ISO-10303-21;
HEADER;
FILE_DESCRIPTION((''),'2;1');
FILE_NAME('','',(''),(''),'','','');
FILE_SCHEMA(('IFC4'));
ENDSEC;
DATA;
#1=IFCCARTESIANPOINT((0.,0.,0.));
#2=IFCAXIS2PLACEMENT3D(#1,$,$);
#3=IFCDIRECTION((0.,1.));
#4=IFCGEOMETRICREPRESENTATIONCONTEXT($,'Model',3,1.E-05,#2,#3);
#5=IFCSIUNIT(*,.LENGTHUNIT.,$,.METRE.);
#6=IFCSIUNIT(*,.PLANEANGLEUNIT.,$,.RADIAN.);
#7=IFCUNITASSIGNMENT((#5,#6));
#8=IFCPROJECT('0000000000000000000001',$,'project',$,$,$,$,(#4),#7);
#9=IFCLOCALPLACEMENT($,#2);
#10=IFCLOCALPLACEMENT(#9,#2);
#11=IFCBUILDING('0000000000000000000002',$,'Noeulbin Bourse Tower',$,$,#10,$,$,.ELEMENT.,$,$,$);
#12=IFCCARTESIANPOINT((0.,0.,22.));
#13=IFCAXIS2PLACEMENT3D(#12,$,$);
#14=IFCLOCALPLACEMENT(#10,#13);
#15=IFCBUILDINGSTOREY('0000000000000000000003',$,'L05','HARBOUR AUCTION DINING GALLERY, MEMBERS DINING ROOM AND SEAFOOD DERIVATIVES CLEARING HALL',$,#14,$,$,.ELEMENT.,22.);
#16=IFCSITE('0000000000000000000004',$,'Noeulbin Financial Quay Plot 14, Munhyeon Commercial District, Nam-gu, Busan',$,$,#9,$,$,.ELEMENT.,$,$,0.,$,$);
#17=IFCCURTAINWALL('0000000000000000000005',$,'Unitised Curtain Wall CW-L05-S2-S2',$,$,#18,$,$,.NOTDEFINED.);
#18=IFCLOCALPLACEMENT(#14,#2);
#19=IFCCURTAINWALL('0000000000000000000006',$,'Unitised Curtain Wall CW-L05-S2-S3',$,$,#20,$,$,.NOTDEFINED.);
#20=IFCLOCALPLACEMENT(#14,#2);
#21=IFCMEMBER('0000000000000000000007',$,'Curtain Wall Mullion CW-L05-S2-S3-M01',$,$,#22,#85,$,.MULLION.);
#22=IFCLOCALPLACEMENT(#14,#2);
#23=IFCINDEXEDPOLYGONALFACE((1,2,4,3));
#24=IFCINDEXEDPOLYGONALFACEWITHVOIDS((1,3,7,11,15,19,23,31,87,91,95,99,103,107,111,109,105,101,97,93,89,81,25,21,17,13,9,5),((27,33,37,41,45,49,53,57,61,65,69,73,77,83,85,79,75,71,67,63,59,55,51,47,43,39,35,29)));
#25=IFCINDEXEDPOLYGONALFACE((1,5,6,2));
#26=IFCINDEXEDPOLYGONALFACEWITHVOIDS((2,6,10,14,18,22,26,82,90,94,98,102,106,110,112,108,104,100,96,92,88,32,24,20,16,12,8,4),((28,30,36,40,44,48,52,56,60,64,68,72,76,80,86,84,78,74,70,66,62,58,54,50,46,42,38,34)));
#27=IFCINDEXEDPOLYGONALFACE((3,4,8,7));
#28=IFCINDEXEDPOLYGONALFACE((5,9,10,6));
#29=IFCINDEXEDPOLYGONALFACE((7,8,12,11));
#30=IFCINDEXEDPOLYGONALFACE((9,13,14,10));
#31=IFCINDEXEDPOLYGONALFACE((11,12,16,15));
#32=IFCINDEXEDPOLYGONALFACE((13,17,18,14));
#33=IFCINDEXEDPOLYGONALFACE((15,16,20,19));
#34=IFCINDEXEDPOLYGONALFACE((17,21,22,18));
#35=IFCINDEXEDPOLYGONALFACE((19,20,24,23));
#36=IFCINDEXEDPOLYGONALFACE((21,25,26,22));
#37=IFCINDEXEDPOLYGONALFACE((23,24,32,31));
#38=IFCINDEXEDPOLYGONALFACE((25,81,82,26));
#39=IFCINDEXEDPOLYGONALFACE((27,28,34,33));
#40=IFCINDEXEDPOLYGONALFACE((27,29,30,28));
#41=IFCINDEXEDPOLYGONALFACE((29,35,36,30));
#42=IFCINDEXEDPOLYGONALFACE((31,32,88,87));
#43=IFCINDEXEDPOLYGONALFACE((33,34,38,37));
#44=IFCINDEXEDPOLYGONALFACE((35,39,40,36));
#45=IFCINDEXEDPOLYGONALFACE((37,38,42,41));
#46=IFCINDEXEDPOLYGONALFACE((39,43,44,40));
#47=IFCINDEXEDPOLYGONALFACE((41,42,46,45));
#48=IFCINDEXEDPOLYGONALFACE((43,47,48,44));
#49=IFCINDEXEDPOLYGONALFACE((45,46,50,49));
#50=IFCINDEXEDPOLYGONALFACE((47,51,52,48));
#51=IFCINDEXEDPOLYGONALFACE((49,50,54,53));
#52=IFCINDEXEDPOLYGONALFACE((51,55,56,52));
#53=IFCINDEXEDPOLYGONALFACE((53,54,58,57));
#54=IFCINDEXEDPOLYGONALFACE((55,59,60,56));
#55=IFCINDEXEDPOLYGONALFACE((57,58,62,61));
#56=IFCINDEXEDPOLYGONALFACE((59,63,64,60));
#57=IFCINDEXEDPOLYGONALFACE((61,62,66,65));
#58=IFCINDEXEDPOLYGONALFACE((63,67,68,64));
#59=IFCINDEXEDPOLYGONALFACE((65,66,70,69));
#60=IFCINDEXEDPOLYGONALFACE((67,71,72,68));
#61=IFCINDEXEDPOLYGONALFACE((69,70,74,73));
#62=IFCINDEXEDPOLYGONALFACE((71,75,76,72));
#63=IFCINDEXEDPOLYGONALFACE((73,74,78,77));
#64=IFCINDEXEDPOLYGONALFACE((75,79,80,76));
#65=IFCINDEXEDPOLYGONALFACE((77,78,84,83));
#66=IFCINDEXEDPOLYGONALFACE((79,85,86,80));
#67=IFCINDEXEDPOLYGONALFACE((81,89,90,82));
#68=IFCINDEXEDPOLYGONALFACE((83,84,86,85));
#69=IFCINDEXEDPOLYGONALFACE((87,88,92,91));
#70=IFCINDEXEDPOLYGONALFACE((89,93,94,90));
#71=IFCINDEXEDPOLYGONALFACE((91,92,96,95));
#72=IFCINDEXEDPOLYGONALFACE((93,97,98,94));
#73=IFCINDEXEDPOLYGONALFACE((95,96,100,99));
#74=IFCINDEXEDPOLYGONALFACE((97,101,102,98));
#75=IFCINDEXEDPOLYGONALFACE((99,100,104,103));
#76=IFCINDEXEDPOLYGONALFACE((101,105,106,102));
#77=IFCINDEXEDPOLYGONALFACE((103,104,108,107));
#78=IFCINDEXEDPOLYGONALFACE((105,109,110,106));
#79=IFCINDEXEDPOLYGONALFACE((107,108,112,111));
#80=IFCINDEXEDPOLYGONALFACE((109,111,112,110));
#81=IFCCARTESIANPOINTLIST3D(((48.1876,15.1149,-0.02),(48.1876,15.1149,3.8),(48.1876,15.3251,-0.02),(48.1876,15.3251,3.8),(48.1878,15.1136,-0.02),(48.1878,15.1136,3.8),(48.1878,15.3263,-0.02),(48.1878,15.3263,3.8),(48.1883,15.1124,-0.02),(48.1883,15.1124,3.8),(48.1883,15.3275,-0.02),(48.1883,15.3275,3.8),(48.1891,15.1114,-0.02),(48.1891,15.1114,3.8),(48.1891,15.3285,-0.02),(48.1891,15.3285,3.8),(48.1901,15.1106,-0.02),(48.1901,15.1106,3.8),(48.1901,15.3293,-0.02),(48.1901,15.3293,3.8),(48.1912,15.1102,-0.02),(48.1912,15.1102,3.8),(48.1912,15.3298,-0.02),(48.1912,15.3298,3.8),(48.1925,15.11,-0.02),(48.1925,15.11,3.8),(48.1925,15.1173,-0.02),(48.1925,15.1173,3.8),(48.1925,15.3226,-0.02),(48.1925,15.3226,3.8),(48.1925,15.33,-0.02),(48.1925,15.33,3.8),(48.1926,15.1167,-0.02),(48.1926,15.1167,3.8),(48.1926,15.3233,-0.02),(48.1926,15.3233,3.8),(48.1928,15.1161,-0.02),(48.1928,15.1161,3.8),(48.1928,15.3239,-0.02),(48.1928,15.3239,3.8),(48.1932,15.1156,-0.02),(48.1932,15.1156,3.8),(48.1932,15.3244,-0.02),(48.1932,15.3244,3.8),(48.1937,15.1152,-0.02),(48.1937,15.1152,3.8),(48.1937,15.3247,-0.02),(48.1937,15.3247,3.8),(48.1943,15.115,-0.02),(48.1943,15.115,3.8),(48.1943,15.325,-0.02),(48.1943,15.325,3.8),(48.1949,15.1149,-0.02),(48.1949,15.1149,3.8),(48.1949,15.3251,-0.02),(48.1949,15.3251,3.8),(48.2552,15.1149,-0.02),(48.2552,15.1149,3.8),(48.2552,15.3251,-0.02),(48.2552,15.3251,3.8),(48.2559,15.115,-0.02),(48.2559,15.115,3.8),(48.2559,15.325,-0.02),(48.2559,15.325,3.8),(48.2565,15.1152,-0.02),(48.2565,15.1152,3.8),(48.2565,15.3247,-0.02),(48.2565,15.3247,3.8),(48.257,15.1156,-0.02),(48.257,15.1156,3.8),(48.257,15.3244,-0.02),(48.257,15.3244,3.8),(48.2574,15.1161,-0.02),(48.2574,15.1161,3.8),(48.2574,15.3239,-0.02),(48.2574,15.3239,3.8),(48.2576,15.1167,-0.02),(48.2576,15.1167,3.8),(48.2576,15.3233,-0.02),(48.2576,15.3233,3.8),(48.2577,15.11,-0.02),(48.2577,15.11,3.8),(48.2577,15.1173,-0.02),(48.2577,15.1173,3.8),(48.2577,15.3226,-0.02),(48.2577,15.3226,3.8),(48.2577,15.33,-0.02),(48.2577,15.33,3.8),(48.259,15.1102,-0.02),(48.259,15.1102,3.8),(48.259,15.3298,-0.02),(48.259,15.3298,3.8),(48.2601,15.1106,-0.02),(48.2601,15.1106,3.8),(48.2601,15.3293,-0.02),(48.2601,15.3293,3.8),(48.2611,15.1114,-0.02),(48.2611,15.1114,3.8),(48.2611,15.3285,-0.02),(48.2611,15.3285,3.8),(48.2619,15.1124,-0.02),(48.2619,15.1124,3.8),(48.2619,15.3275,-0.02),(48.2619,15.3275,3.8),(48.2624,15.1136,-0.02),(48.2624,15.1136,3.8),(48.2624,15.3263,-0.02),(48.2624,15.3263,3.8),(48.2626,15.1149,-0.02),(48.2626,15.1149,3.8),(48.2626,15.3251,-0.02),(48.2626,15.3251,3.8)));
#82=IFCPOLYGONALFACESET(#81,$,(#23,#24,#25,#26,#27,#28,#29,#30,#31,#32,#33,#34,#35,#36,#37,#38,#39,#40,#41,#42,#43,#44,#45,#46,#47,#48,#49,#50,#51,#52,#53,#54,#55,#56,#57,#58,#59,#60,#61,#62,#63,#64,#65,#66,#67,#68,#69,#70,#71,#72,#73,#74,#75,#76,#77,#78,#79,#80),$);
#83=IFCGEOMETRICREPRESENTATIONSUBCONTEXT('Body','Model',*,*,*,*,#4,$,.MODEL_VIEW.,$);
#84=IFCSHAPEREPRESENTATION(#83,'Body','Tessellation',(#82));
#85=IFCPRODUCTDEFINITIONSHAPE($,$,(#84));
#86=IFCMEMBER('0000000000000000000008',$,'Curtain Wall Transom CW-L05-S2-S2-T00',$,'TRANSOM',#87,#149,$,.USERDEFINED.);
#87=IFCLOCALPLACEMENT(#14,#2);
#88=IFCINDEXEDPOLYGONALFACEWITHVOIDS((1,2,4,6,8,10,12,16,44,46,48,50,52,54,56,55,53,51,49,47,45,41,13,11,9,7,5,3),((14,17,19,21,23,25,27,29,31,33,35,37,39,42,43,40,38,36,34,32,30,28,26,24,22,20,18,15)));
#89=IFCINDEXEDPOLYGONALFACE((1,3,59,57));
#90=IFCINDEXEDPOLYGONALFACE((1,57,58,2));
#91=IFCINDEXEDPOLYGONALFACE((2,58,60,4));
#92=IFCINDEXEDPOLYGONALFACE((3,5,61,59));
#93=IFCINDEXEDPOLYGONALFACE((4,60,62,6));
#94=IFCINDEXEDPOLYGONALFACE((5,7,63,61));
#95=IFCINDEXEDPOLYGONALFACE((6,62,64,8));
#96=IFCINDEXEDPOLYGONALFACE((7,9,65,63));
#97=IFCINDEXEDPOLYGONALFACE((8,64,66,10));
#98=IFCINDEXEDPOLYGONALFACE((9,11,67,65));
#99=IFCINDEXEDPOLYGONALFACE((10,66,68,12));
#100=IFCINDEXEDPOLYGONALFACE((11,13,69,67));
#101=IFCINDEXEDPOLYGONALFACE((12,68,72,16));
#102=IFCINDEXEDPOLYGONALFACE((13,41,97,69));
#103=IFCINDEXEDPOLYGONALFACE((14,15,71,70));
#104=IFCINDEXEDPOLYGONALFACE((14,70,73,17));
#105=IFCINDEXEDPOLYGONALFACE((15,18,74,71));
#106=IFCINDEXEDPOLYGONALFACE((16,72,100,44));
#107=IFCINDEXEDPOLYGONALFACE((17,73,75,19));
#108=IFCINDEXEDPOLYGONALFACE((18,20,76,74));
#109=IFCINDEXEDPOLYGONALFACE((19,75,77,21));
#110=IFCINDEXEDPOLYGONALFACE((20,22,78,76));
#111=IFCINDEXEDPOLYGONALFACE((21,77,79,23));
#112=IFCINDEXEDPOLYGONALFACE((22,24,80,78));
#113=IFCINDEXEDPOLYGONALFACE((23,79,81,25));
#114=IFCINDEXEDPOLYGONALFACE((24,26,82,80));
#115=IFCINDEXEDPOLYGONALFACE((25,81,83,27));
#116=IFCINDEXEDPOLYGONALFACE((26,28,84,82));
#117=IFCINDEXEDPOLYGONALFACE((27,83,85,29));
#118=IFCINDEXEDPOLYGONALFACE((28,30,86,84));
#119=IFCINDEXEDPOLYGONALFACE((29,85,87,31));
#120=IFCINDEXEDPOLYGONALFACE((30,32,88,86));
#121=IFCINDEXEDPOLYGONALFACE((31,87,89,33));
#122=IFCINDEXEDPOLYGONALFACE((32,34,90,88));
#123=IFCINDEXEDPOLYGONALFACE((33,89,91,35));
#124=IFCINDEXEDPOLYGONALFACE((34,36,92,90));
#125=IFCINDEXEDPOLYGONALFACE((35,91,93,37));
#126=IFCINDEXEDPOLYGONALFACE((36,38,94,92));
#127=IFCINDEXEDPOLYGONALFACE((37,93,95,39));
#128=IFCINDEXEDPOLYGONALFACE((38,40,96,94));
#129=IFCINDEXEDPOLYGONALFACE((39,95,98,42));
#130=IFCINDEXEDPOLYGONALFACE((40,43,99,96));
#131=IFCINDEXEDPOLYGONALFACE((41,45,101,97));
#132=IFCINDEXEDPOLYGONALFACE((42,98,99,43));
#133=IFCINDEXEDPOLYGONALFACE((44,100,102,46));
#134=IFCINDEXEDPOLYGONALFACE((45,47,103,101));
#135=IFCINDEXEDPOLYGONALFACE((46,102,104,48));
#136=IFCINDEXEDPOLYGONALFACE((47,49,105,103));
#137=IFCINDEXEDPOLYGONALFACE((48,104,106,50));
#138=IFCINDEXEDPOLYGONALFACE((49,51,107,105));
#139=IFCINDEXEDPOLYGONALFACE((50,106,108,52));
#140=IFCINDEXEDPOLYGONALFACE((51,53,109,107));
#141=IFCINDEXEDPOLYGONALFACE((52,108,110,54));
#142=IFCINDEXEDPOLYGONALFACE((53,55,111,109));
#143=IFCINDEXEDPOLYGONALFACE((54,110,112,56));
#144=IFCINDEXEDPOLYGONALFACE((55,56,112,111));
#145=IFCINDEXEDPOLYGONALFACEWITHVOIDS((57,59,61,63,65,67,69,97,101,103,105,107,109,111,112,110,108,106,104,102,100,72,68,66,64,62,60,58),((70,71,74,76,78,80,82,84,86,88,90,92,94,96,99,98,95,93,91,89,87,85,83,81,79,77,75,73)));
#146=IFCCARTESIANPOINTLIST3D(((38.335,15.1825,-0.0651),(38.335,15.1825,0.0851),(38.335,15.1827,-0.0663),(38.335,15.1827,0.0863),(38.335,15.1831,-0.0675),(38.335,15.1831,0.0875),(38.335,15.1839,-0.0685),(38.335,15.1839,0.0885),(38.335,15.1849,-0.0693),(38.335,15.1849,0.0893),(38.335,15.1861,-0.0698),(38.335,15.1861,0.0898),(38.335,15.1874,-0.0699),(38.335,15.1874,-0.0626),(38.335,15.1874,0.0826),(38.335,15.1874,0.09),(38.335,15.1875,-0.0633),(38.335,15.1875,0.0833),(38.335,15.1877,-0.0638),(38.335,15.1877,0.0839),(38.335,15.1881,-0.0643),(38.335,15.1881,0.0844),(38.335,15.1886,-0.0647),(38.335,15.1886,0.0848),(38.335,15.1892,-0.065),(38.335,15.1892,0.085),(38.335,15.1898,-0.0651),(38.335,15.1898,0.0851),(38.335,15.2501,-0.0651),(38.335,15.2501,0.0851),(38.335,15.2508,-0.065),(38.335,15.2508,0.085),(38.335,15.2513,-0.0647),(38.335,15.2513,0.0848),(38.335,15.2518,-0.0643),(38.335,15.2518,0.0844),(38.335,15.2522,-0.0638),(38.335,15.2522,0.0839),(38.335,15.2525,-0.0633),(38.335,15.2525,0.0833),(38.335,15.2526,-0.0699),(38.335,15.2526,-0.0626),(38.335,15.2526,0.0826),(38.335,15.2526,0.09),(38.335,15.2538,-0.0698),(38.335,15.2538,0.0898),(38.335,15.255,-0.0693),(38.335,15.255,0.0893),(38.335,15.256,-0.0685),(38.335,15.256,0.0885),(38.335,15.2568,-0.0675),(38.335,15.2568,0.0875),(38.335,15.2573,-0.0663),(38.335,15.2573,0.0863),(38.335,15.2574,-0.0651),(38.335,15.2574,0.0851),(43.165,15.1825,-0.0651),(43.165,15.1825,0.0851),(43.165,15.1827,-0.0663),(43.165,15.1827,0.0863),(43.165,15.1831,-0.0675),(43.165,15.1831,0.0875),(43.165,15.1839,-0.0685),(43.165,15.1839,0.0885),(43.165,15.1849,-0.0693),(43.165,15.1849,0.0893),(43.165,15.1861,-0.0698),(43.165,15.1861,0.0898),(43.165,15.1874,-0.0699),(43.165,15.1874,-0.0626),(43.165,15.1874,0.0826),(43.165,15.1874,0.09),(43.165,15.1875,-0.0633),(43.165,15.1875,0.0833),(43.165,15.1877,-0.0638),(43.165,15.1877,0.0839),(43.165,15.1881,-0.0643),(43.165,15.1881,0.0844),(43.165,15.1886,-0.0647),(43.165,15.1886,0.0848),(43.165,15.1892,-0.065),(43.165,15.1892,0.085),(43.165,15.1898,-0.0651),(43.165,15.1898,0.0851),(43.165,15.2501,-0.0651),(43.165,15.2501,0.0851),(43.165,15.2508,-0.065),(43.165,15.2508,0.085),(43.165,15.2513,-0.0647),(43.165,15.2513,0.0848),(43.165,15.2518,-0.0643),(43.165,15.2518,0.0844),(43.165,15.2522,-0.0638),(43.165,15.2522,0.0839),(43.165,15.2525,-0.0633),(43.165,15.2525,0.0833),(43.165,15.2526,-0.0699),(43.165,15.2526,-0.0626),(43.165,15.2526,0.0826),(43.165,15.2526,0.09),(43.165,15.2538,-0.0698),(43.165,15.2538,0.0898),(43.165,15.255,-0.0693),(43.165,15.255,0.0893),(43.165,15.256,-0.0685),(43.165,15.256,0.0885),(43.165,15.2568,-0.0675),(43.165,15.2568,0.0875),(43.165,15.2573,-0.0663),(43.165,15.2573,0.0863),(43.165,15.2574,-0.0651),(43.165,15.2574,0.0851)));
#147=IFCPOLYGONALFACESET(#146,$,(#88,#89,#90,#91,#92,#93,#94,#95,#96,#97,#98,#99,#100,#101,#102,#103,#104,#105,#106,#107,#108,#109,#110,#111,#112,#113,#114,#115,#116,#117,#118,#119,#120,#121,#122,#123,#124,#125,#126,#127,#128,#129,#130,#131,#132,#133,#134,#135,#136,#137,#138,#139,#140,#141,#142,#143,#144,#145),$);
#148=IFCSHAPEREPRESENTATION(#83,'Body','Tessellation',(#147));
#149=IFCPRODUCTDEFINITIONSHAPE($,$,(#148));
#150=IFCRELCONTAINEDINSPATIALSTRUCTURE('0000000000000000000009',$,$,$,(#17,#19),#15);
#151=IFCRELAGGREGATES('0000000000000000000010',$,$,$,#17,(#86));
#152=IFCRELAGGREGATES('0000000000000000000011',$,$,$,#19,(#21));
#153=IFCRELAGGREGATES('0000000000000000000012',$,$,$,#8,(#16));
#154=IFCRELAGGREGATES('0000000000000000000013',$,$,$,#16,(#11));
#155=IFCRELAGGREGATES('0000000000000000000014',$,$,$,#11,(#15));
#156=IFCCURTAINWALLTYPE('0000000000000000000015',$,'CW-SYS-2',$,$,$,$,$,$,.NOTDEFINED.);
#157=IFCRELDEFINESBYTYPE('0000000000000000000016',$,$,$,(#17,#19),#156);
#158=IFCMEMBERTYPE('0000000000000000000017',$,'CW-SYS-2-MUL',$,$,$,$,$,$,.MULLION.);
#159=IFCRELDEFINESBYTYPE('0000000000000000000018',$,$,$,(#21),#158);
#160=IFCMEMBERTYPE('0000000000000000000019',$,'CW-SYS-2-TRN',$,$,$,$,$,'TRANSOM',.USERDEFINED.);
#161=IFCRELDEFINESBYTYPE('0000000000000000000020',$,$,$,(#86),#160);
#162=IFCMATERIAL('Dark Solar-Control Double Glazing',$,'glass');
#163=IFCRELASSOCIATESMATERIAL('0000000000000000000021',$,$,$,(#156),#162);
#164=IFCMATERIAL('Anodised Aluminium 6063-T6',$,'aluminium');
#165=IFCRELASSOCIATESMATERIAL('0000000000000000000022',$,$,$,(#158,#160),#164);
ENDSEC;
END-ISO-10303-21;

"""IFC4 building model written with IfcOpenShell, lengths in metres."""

from ifc_helpers import new_model, si_unit, direction, frame, origin, origin_2d, place, context, subcontext, project, spatial, hollow_rectangle, extrude, material, material_profile, profile_set, type_object, element, aggregate, save


model = new_model("IFC4")

# Units and contexts
model_context = context("Model", 3, precision=1e-05, world=origin(), true_north=direction((0.0, 1.0)))
body_context = subcontext(model_context, "Body", "Model", "MODEL_VIEW")
ifc_project = project(units=[si_unit("LENGTHUNIT", "METRE"), si_unit("PLANEANGLEUNIT", "RADIAN")], contexts=[model_context])

# Site, building, storey
site_placement = place(None, origin())
site = spatial("IfcSite", under=ifc_project, at=site_placement, Name="Noeulbin Financial Quay Plot 14, Munhyeon Commercial District, Nam-gu, Busan", CompositionType="ELEMENT", RefElevation=0.0)
building_placement = place(site_placement, origin())
building = spatial("IfcBuilding", under=site, at=building_placement, Name="Noeulbin Bourse Tower", CompositionType="ELEMENT")
storey_placement = place(building_placement, frame((0.0, 0.0, 22.0)))
storey = spatial("IfcBuildingStorey", under=building, at=storey_placement, Name="L05", Description="HARBOUR AUCTION DINING GALLERY, MEMBERS DINING ROOM AND SEAFOOD DERIVATIVES CLEARING HALL", CompositionType="ELEMENT", Elevation=22.0)

# Shared definitions
ifc_material_1 = material(Name="Dark Solar-Control Double Glazing", Category="glass")
curtain_wall_type = type_object("IfcCurtainWallType", Name="CW-SYS-2", PredefinedType="NOTDEFINED", material=ifc_material_1)
ifc_material_2 = material(Name="Anodised Aluminium 6063-T6", Category="aluminium")
ifc_material_profile_1 = material_profile(ifc_material_2, hollow_rectangle(XDim=0.075, YDim=0.22, WallThickness=0.0049, InnerFilletRadius=0.0024, OuterFilletRadius=0.0049, at=origin_2d()), Name="ALU-MULL-75x220x5", Category="LoadBearing")
ifc_profile_set_1 = profile_set([ifc_material_profile_1], Name="Anodised Aluminium 6063-T6")
member_type_1 = type_object("IfcMemberType", Name="CW-SYS-2-MUL", PredefinedType="MULLION", material=ifc_profile_set_1)

# Curtain walls, member
curtain_wall_1_placement = place(storey_placement, origin())
curtain_wall_1 = element("IfcCurtainWall", 1, at=curtain_wall_1_placement, inside=storey, type_object=curtain_wall_type, Name="Unitised Curtain Wall CW-L05-S2-S2", PredefinedType="NOTDEFINED")
curtain_wall_2_placement = place(storey_placement, origin())
curtain_wall_2 = element("IfcCurtainWall", 2, at=curtain_wall_2_placement, inside=storey, type_object=curtain_wall_type, Name="Unitised Curtain Wall CW-L05-S2-S3", PredefinedType="NOTDEFINED")
member_1_placement = place(storey_placement, frame((48.2251, 15.22, -0.02), z_axis=(0.0, 0.0, 1.0), x_axis=(1.0, 0.0, 0.0)))
member_1 = element("IfcMember", 3, at=member_1_placement, type_object=member_type_1, Name="Curtain Wall Mullion CW-L05-S2-S3-M01", PredefinedType="MULLION", context=body_context, shape_type="SweptSolid", body=[
    extrude(hollow_rectangle(XDim=0.075, YDim=0.22, WallThickness=0.0049, InnerFilletRadius=0.0024, OuterFilletRadius=0.0049, at=origin_2d()), origin(), (0.0, 0.0, 1.0), 3.8201),
])

# Member
ifc_material_profile_2 = material_profile(ifc_material_2, hollow_rectangle(XDim=0.075, YDim=0.1599, WallThickness=0.0049, InnerFilletRadius=0.0024, OuterFilletRadius=0.0049, at=origin_2d()), Name="ALU-TRAN-75x160x5", Category="LoadBearing")
ifc_profile_set_2 = profile_set([ifc_material_profile_2], Name="Anodised Aluminium 6063-T6")
member_type_2 = type_object("IfcMemberType", Name="CW-SYS-2-TRN", ElementType="TRANSOM", PredefinedType="USERDEFINED", material=ifc_profile_set_2)
member_2_placement = place(storey_placement, frame((38.335, 15.22, 0.01), z_axis=(1.0, 0.0, 0.0), x_axis=(0.0, 1.0, 0.0)))
member_2 = element("IfcMember", 4, at=member_2_placement, type_object=member_type_2, Name="Curtain Wall Transom CW-L05-S2-S2-T00", ObjectType="TRANSOM", PredefinedType="USERDEFINED", context=body_context, shape_type="SweptSolid", body=[
    extrude(hollow_rectangle(XDim=0.075, YDim=0.1599, WallThickness=0.0049, InnerFilletRadius=0.0024, OuterFilletRadius=0.0049, at=origin_2d()), origin(), (0.0, 0.0, 1.0), 4.8301),
])

aggregate(curtain_wall_1, [member_2])
aggregate(curtain_wall_2, [member_1])

save(model, "model.ifc")
